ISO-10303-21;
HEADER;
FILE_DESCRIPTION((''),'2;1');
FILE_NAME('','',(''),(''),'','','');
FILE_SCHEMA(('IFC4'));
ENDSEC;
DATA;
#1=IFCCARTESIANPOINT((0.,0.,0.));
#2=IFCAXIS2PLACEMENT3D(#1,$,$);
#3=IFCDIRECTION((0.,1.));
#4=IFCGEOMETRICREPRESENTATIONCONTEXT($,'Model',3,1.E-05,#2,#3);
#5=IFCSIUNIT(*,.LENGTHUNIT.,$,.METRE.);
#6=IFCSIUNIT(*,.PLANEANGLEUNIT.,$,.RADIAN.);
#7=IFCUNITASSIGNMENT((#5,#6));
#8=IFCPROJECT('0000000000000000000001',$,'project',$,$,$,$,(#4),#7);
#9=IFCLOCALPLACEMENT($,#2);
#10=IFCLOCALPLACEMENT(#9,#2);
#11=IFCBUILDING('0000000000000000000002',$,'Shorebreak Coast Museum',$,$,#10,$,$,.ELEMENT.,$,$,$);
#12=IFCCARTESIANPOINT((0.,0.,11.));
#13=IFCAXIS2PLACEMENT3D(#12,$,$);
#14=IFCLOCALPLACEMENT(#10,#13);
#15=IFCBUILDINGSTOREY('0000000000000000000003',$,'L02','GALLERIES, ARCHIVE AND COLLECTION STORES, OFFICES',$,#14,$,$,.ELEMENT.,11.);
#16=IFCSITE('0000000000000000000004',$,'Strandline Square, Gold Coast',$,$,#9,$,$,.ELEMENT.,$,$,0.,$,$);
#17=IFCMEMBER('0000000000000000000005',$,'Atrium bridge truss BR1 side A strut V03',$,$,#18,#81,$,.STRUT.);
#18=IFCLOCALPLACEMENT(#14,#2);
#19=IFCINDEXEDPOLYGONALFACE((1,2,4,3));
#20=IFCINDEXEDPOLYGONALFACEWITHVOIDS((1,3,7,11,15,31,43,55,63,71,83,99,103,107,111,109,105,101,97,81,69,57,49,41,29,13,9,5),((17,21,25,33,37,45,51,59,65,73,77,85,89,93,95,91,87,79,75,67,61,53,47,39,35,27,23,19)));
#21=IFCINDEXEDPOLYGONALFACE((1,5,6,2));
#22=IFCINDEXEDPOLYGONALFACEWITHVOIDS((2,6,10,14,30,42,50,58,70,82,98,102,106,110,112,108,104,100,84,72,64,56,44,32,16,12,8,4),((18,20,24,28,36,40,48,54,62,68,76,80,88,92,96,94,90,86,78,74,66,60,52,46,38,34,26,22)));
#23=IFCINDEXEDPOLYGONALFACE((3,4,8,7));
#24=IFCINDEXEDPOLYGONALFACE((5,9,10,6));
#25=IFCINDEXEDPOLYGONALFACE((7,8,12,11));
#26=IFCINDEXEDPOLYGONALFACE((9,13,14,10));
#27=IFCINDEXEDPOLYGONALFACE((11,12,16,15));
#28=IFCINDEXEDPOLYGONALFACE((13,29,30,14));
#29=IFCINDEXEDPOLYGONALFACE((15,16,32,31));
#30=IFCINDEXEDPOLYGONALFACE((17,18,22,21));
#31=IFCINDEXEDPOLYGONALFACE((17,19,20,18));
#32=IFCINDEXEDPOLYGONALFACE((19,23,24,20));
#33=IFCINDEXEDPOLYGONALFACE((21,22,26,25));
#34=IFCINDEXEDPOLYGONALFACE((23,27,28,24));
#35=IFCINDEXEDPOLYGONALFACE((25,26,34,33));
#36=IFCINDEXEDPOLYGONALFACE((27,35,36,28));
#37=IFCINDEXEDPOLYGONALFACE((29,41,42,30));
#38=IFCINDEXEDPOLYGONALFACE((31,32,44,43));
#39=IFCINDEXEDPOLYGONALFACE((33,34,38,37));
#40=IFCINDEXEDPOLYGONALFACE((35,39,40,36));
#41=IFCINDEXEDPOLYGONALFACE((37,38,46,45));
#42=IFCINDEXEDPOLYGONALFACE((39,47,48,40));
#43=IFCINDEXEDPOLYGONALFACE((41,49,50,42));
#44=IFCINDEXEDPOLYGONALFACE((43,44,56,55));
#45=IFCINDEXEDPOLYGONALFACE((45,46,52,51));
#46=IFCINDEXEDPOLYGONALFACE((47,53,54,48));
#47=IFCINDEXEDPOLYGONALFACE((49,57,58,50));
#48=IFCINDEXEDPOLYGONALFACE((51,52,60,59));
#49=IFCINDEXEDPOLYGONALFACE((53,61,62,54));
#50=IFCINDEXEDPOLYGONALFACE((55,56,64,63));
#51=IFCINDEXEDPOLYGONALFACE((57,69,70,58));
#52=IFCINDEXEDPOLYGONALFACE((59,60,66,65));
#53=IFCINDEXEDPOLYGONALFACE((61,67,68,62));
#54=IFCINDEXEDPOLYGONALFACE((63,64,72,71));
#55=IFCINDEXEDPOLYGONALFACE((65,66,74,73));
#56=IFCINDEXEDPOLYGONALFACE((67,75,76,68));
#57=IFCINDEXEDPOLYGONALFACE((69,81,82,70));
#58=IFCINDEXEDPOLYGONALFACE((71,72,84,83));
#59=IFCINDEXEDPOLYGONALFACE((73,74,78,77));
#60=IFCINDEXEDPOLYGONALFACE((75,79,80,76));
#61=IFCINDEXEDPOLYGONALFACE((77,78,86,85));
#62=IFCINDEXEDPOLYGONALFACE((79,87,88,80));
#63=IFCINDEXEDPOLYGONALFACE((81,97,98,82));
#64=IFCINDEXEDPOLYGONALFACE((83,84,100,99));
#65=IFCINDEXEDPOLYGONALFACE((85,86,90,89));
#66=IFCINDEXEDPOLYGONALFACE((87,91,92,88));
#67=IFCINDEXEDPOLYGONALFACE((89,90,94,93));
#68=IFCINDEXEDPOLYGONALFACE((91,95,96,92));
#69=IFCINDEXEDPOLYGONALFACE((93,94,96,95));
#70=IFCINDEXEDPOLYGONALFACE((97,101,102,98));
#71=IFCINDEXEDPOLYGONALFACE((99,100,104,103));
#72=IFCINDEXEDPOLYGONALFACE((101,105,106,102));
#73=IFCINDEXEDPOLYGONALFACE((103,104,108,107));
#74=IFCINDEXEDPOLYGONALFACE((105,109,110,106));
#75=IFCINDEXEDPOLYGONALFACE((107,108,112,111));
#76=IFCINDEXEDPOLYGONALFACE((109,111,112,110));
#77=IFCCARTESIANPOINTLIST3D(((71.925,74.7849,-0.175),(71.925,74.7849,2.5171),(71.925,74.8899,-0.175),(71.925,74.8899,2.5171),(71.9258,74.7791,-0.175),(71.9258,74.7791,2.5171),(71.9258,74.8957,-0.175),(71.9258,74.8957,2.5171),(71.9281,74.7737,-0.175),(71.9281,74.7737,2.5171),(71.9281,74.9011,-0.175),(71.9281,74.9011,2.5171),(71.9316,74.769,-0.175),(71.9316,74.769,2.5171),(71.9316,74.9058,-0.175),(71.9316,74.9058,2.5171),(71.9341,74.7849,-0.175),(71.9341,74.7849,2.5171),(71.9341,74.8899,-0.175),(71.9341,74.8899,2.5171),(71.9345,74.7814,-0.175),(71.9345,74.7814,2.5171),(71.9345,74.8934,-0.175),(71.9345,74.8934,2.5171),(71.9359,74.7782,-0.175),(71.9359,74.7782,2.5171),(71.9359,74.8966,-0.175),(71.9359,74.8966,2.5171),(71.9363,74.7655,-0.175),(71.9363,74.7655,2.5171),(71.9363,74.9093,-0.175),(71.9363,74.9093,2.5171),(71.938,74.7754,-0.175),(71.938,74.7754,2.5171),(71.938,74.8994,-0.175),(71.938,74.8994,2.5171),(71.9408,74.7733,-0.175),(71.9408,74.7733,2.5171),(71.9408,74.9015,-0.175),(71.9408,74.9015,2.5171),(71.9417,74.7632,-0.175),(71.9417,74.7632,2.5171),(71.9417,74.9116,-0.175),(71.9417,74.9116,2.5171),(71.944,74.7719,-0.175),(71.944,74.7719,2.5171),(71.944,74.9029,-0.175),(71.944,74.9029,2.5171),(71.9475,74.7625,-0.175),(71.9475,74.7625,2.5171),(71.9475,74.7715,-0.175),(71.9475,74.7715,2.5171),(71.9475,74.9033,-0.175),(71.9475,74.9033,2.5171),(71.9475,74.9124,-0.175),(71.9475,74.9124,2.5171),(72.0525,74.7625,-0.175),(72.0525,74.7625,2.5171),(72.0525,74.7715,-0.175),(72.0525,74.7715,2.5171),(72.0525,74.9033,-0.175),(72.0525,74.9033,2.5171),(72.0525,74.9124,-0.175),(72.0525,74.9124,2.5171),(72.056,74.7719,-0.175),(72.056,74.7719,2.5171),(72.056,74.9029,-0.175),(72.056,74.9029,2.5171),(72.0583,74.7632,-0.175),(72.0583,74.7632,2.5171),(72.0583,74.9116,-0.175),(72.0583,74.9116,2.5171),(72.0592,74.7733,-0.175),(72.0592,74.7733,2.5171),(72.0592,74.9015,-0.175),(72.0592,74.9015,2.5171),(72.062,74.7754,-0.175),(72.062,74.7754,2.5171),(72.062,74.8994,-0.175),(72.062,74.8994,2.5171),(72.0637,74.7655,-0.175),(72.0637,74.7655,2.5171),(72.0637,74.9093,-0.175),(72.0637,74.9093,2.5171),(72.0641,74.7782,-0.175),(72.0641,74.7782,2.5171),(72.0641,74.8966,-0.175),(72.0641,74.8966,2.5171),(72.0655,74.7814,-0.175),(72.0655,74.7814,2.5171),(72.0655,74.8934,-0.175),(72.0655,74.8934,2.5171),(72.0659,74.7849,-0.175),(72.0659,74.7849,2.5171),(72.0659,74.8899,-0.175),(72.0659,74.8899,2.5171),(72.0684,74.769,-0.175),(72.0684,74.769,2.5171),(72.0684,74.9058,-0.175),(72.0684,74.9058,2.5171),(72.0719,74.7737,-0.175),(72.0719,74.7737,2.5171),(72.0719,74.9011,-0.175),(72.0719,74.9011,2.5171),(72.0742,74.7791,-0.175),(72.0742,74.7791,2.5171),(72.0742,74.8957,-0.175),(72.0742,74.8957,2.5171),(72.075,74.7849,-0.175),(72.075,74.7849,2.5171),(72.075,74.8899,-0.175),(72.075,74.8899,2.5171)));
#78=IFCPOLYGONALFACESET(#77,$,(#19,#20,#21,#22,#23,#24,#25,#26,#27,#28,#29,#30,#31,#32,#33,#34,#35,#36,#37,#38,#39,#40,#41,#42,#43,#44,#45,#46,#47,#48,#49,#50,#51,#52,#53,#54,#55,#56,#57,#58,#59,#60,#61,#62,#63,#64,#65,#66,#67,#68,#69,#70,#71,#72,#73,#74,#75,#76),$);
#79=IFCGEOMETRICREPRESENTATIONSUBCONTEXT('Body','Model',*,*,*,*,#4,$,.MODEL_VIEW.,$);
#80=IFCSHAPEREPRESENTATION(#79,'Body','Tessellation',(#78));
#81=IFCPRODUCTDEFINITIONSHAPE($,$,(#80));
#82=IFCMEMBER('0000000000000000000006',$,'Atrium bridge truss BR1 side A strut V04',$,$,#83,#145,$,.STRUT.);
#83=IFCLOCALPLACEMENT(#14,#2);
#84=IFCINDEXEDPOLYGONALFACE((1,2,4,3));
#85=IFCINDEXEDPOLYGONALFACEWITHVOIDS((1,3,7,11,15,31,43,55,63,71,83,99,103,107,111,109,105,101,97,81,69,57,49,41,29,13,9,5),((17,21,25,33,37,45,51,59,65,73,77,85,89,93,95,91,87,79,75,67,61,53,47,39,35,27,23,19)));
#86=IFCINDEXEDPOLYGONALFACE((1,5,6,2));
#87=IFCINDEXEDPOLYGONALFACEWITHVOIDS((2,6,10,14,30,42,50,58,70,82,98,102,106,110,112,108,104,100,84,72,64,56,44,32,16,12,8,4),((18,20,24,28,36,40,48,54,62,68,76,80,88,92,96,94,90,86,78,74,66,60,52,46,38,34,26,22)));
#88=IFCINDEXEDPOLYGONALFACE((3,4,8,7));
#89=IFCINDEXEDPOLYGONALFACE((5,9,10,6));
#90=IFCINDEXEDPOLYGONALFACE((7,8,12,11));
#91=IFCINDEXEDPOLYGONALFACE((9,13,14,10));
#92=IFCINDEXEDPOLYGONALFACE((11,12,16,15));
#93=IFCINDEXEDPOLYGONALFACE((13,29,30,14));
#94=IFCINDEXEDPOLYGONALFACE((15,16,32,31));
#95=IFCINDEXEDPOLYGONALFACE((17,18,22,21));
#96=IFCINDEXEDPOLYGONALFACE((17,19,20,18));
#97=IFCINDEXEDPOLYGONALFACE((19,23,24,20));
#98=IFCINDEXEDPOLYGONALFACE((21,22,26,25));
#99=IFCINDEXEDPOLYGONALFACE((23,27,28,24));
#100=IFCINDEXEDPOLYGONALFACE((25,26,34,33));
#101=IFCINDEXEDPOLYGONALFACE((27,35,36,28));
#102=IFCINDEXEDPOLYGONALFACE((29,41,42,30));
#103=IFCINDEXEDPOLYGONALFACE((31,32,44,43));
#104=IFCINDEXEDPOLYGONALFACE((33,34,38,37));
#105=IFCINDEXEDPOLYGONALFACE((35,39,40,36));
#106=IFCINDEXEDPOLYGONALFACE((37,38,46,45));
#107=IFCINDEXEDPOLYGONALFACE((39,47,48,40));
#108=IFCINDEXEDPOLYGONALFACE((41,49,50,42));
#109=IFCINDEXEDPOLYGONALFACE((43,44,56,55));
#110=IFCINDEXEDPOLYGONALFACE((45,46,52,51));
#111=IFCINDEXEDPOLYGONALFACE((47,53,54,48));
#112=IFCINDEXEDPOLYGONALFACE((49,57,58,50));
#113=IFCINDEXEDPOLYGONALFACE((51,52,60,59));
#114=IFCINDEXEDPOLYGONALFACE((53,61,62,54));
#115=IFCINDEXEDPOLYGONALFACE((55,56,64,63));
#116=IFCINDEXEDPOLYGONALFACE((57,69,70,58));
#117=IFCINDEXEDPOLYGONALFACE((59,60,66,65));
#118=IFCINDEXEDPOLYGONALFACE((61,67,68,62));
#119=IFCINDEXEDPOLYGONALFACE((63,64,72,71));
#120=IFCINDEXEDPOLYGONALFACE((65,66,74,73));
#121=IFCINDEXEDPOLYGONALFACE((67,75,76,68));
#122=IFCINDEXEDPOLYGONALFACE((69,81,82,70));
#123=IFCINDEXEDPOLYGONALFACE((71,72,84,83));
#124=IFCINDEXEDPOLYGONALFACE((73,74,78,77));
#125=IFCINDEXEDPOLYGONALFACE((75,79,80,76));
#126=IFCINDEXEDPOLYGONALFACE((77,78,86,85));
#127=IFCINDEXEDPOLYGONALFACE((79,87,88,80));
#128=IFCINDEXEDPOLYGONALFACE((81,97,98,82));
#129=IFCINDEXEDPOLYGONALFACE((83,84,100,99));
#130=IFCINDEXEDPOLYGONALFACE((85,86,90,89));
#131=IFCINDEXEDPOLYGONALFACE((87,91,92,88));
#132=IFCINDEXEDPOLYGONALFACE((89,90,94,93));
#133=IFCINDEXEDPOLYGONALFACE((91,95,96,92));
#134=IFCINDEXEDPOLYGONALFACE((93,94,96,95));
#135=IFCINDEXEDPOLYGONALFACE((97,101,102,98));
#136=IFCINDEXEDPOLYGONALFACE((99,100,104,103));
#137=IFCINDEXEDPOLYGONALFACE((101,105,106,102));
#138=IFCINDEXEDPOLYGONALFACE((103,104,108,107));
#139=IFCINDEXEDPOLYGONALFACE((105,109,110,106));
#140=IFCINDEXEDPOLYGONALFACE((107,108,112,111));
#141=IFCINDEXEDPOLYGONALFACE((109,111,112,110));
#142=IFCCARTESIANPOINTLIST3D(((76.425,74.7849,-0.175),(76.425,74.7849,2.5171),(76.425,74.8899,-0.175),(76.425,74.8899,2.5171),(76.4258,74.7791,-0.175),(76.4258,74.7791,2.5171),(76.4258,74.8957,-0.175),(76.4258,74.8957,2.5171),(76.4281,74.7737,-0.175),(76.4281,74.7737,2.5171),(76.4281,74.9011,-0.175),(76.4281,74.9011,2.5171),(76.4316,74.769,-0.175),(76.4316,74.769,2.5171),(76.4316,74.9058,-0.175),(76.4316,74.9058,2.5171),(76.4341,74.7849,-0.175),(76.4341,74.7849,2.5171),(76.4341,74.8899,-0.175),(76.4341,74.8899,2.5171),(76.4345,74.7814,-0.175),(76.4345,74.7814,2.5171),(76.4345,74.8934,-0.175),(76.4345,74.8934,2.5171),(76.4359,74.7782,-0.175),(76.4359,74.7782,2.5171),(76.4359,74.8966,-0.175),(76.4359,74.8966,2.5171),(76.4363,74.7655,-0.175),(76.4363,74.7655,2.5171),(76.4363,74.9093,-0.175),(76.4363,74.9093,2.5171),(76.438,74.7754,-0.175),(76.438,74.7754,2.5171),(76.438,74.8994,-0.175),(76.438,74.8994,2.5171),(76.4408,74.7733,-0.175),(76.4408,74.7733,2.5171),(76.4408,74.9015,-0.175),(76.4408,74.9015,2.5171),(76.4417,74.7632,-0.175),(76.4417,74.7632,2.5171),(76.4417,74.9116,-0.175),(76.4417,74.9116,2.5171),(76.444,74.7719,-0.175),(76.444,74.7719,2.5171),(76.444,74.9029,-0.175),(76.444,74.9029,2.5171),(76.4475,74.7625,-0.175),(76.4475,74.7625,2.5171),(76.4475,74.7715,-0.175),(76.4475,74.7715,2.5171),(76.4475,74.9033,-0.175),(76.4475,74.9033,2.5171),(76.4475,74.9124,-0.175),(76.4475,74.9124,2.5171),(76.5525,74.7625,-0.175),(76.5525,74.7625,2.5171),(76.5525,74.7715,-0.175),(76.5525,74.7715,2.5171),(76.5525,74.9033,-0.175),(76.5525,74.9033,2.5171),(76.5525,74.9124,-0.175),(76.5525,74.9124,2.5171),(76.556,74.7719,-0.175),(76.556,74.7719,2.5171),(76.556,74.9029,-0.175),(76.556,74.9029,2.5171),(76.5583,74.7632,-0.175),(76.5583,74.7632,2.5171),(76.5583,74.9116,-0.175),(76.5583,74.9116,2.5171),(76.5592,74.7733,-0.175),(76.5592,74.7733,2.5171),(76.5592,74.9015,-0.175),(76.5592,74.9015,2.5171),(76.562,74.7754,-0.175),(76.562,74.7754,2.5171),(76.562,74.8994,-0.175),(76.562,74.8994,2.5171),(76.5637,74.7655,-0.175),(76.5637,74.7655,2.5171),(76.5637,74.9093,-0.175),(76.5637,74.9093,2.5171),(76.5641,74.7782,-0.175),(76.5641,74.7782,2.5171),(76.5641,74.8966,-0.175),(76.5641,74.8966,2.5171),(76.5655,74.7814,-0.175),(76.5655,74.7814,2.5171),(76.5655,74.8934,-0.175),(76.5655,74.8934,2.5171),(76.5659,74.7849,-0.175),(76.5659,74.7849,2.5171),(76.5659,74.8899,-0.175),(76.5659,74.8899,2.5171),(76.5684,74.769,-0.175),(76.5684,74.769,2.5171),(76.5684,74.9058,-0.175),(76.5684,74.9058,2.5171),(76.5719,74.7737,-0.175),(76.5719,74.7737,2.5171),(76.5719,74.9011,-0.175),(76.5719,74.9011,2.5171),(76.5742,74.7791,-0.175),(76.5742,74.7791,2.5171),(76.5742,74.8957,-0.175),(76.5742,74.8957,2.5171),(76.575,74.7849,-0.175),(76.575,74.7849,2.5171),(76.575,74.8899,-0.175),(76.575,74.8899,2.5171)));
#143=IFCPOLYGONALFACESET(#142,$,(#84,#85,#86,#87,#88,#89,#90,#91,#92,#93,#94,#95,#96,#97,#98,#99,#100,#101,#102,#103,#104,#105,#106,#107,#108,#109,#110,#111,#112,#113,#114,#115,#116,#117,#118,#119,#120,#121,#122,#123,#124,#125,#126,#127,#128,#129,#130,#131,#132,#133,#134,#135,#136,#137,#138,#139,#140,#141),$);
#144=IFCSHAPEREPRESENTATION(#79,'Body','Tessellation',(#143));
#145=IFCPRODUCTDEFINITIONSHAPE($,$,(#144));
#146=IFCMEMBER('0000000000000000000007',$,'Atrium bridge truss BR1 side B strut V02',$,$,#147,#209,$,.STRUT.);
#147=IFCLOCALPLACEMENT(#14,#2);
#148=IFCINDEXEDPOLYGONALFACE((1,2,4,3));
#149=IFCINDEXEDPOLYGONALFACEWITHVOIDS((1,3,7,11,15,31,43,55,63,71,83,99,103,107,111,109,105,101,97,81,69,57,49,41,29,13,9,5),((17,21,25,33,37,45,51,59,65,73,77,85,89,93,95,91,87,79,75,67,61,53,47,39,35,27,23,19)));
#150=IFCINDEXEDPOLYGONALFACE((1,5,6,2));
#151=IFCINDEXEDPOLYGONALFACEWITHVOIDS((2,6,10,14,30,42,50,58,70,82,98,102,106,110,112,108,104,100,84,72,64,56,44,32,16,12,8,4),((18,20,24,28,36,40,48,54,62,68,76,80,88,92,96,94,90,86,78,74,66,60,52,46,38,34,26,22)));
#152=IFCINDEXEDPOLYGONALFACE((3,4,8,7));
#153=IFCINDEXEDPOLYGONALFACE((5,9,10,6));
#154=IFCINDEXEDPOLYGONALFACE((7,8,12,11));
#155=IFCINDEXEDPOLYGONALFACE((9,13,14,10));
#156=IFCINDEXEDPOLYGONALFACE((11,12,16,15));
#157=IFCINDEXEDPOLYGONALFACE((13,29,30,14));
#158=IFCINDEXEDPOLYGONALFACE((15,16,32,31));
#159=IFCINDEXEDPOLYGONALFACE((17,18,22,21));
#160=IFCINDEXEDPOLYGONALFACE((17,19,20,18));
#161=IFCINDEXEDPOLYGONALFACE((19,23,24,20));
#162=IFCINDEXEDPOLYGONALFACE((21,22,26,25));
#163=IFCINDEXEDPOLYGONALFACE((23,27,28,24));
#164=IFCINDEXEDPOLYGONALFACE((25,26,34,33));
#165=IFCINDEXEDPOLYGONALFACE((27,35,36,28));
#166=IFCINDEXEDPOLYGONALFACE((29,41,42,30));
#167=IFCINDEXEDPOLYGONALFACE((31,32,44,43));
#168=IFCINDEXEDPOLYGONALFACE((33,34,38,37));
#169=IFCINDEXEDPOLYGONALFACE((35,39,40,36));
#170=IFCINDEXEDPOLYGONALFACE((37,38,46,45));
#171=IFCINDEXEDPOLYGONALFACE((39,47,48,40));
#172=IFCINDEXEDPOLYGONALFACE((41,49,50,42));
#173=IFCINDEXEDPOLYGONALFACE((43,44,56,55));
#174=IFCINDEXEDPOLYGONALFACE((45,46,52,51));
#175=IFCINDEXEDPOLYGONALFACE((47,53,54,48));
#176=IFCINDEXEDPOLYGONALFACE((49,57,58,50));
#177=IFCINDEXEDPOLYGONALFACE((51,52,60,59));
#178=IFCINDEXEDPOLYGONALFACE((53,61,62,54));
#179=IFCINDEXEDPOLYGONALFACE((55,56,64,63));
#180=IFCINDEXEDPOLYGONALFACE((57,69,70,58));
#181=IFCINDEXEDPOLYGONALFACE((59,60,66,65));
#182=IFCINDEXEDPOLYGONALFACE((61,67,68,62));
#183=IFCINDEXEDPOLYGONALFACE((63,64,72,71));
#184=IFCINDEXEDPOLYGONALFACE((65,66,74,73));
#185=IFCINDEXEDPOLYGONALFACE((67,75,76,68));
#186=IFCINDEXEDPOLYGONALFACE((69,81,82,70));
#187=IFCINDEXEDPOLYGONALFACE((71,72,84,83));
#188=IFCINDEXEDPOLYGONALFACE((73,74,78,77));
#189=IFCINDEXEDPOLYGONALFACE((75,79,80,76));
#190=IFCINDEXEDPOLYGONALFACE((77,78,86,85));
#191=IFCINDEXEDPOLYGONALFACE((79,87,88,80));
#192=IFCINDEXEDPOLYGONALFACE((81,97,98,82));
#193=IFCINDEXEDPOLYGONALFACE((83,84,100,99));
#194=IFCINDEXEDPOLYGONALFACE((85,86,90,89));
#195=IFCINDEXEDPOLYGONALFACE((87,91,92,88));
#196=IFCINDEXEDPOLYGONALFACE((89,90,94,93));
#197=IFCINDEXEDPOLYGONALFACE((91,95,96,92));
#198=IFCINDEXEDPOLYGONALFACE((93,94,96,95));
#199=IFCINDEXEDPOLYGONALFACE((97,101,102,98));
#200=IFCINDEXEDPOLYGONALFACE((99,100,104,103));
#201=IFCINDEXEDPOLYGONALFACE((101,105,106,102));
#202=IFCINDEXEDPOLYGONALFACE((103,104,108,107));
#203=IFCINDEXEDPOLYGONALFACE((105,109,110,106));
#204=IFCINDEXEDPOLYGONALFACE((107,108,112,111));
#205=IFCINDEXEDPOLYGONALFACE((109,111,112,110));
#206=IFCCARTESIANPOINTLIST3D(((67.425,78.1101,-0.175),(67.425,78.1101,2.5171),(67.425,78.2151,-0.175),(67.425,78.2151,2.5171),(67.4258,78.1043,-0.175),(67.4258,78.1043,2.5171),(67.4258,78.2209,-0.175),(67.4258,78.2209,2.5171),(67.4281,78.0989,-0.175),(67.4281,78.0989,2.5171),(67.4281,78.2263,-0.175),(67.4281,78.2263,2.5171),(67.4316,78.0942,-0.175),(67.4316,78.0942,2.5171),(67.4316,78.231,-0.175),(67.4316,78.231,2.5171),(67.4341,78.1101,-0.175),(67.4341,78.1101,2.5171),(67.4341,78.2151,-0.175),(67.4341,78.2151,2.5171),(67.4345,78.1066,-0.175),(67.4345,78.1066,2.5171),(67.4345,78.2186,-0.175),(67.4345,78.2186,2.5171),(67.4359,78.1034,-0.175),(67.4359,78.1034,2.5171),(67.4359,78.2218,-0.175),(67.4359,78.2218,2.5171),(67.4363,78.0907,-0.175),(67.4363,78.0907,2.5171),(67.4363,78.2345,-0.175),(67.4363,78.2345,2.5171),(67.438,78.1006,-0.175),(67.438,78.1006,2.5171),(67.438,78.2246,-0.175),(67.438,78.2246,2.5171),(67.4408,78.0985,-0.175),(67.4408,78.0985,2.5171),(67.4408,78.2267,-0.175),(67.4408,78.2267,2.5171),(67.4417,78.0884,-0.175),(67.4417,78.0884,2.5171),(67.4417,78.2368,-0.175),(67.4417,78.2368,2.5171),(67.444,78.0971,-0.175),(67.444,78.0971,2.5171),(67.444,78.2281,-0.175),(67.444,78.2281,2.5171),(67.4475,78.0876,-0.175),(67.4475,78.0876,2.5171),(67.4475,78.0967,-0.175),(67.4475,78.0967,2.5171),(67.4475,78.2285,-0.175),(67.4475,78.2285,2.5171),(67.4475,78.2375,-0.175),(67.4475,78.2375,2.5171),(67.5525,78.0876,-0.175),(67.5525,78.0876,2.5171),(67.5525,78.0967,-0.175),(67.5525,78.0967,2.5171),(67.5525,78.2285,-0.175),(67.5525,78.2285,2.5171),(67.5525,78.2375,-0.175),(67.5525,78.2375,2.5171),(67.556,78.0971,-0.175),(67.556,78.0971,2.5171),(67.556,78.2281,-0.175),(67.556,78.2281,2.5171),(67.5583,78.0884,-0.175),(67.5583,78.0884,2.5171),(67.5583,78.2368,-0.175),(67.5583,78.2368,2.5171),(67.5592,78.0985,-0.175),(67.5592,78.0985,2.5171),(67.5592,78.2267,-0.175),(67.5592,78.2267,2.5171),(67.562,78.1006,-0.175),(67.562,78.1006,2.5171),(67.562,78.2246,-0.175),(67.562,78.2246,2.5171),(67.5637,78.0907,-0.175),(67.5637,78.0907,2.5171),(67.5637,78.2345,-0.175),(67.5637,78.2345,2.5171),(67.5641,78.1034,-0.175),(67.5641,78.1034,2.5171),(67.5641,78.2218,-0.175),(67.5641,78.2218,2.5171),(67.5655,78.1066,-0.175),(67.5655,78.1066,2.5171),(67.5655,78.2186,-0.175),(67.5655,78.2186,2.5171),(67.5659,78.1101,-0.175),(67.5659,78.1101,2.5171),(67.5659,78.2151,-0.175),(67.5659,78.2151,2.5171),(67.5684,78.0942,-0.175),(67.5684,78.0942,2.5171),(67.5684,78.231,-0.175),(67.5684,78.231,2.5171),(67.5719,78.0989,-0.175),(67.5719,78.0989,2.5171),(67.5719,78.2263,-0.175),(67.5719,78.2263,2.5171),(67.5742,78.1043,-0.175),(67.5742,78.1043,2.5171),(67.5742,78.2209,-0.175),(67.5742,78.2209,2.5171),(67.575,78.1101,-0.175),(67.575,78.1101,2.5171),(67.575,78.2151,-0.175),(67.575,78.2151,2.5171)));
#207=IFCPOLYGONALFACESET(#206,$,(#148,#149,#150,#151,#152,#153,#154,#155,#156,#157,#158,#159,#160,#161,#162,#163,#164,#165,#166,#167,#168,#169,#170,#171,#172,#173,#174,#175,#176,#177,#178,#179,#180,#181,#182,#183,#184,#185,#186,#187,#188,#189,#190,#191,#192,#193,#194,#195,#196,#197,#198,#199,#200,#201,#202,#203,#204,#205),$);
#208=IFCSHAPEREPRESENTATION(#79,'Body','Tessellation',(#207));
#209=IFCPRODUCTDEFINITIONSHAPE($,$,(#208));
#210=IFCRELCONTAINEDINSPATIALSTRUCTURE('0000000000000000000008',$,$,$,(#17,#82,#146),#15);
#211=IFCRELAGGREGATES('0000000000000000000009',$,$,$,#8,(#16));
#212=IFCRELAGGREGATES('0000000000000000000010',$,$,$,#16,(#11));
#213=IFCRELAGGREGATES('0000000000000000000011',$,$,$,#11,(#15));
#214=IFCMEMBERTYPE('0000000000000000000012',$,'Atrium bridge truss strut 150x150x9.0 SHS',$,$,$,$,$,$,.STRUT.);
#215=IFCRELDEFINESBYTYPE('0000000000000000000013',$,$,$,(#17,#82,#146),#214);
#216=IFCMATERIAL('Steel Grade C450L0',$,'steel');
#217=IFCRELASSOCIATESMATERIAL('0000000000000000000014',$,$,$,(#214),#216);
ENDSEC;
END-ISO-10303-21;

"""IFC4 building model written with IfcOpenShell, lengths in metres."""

from ifc_helpers import new_model, si_unit, direction, frame, origin, origin_2d, place, context, subcontext, project, spatial, hollow_rectangle, extrude, material, material_profile, profile_set, type_object, element, save


model = new_model("IFC4")

# Units and contexts
model_context = context("Model", 3, precision=1e-05, world=origin(), true_north=direction((0.0, 1.0)))
body_context = subcontext(model_context, "Body", "Model", "MODEL_VIEW")
ifc_project = project(units=[si_unit("LENGTHUNIT", "METRE"), si_unit("PLANEANGLEUNIT", "RADIAN")], contexts=[model_context])

# Site, building, storey
site_placement = place(None, origin())
site = spatial("IfcSite", under=ifc_project, at=site_placement, Name="Strandline Square, Gold Coast", CompositionType="ELEMENT", RefElevation=0.0)
building_placement = place(site_placement, origin())
building = spatial("IfcBuilding", under=site, at=building_placement, Name="Shorebreak Coast Museum", CompositionType="ELEMENT")
storey_placement = place(building_placement, frame((0.0, 0.0, 11.0)))
storey = spatial("IfcBuildingStorey", under=building, at=storey_placement, Name="L02", Description="GALLERIES, ARCHIVE AND COLLECTION STORES, OFFICES", CompositionType="ELEMENT", Elevation=11.0)

# Members
ifc_material_1 = material(Name="Steel Grade C450L0", Category="steel")
ifc_material_profile_1 = material_profile(ifc_material_1, hollow_rectangle(XDim=0.1499, YDim=0.1499, WallThickness=0.009, InnerFilletRadius=0.0134, OuterFilletRadius=0.0225, at=origin_2d()), Name="150x150x9.0 SHS")
ifc_profile_set_1 = profile_set([ifc_material_profile_1], Name="Steel Grade C450L0")
member_type_1 = type_object("IfcMemberType", Name="Atrium bridge truss strut 150x150x9.0 SHS", PredefinedType="STRUT", material=ifc_profile_set_1)
for number, where, z_axis, x_axis, name in (
    (1, (72.0, 74.8374, -0.175), (0.0, 0.0, 1.0), (1.0, 0.0, 0.0), "Atrium bridge truss BR1 side A strut V03"),
    (2, (76.5, 74.8374, -0.175), (0.0, 0.0, 1.0), (1.0, 0.0, 0.0), "Atrium bridge truss BR1 side A strut V04"),
    (3, (67.5, 78.1626, -0.175), (0.0, 0.0, 1.0), (1.0, 0.0, 0.0), "Atrium bridge truss BR1 side B strut V02"),
):
    element("IfcMember", number, at=place(storey_placement, frame(where, z_axis=z_axis, x_axis=x_axis)), inside=storey, type_object=member_type_1, Name=name, PredefinedType="STRUT", context=body_context, shape_type="SweptSolid", body=[
        extrude(hollow_rectangle(XDim=0.1499, YDim=0.1499, WallThickness=0.009, InnerFilletRadius=0.0134, OuterFilletRadius=0.0225, at=origin_2d()), origin(), (0.0, 0.0, 1.0), 2.6921),
    ])

save(model, "model.ifc")
